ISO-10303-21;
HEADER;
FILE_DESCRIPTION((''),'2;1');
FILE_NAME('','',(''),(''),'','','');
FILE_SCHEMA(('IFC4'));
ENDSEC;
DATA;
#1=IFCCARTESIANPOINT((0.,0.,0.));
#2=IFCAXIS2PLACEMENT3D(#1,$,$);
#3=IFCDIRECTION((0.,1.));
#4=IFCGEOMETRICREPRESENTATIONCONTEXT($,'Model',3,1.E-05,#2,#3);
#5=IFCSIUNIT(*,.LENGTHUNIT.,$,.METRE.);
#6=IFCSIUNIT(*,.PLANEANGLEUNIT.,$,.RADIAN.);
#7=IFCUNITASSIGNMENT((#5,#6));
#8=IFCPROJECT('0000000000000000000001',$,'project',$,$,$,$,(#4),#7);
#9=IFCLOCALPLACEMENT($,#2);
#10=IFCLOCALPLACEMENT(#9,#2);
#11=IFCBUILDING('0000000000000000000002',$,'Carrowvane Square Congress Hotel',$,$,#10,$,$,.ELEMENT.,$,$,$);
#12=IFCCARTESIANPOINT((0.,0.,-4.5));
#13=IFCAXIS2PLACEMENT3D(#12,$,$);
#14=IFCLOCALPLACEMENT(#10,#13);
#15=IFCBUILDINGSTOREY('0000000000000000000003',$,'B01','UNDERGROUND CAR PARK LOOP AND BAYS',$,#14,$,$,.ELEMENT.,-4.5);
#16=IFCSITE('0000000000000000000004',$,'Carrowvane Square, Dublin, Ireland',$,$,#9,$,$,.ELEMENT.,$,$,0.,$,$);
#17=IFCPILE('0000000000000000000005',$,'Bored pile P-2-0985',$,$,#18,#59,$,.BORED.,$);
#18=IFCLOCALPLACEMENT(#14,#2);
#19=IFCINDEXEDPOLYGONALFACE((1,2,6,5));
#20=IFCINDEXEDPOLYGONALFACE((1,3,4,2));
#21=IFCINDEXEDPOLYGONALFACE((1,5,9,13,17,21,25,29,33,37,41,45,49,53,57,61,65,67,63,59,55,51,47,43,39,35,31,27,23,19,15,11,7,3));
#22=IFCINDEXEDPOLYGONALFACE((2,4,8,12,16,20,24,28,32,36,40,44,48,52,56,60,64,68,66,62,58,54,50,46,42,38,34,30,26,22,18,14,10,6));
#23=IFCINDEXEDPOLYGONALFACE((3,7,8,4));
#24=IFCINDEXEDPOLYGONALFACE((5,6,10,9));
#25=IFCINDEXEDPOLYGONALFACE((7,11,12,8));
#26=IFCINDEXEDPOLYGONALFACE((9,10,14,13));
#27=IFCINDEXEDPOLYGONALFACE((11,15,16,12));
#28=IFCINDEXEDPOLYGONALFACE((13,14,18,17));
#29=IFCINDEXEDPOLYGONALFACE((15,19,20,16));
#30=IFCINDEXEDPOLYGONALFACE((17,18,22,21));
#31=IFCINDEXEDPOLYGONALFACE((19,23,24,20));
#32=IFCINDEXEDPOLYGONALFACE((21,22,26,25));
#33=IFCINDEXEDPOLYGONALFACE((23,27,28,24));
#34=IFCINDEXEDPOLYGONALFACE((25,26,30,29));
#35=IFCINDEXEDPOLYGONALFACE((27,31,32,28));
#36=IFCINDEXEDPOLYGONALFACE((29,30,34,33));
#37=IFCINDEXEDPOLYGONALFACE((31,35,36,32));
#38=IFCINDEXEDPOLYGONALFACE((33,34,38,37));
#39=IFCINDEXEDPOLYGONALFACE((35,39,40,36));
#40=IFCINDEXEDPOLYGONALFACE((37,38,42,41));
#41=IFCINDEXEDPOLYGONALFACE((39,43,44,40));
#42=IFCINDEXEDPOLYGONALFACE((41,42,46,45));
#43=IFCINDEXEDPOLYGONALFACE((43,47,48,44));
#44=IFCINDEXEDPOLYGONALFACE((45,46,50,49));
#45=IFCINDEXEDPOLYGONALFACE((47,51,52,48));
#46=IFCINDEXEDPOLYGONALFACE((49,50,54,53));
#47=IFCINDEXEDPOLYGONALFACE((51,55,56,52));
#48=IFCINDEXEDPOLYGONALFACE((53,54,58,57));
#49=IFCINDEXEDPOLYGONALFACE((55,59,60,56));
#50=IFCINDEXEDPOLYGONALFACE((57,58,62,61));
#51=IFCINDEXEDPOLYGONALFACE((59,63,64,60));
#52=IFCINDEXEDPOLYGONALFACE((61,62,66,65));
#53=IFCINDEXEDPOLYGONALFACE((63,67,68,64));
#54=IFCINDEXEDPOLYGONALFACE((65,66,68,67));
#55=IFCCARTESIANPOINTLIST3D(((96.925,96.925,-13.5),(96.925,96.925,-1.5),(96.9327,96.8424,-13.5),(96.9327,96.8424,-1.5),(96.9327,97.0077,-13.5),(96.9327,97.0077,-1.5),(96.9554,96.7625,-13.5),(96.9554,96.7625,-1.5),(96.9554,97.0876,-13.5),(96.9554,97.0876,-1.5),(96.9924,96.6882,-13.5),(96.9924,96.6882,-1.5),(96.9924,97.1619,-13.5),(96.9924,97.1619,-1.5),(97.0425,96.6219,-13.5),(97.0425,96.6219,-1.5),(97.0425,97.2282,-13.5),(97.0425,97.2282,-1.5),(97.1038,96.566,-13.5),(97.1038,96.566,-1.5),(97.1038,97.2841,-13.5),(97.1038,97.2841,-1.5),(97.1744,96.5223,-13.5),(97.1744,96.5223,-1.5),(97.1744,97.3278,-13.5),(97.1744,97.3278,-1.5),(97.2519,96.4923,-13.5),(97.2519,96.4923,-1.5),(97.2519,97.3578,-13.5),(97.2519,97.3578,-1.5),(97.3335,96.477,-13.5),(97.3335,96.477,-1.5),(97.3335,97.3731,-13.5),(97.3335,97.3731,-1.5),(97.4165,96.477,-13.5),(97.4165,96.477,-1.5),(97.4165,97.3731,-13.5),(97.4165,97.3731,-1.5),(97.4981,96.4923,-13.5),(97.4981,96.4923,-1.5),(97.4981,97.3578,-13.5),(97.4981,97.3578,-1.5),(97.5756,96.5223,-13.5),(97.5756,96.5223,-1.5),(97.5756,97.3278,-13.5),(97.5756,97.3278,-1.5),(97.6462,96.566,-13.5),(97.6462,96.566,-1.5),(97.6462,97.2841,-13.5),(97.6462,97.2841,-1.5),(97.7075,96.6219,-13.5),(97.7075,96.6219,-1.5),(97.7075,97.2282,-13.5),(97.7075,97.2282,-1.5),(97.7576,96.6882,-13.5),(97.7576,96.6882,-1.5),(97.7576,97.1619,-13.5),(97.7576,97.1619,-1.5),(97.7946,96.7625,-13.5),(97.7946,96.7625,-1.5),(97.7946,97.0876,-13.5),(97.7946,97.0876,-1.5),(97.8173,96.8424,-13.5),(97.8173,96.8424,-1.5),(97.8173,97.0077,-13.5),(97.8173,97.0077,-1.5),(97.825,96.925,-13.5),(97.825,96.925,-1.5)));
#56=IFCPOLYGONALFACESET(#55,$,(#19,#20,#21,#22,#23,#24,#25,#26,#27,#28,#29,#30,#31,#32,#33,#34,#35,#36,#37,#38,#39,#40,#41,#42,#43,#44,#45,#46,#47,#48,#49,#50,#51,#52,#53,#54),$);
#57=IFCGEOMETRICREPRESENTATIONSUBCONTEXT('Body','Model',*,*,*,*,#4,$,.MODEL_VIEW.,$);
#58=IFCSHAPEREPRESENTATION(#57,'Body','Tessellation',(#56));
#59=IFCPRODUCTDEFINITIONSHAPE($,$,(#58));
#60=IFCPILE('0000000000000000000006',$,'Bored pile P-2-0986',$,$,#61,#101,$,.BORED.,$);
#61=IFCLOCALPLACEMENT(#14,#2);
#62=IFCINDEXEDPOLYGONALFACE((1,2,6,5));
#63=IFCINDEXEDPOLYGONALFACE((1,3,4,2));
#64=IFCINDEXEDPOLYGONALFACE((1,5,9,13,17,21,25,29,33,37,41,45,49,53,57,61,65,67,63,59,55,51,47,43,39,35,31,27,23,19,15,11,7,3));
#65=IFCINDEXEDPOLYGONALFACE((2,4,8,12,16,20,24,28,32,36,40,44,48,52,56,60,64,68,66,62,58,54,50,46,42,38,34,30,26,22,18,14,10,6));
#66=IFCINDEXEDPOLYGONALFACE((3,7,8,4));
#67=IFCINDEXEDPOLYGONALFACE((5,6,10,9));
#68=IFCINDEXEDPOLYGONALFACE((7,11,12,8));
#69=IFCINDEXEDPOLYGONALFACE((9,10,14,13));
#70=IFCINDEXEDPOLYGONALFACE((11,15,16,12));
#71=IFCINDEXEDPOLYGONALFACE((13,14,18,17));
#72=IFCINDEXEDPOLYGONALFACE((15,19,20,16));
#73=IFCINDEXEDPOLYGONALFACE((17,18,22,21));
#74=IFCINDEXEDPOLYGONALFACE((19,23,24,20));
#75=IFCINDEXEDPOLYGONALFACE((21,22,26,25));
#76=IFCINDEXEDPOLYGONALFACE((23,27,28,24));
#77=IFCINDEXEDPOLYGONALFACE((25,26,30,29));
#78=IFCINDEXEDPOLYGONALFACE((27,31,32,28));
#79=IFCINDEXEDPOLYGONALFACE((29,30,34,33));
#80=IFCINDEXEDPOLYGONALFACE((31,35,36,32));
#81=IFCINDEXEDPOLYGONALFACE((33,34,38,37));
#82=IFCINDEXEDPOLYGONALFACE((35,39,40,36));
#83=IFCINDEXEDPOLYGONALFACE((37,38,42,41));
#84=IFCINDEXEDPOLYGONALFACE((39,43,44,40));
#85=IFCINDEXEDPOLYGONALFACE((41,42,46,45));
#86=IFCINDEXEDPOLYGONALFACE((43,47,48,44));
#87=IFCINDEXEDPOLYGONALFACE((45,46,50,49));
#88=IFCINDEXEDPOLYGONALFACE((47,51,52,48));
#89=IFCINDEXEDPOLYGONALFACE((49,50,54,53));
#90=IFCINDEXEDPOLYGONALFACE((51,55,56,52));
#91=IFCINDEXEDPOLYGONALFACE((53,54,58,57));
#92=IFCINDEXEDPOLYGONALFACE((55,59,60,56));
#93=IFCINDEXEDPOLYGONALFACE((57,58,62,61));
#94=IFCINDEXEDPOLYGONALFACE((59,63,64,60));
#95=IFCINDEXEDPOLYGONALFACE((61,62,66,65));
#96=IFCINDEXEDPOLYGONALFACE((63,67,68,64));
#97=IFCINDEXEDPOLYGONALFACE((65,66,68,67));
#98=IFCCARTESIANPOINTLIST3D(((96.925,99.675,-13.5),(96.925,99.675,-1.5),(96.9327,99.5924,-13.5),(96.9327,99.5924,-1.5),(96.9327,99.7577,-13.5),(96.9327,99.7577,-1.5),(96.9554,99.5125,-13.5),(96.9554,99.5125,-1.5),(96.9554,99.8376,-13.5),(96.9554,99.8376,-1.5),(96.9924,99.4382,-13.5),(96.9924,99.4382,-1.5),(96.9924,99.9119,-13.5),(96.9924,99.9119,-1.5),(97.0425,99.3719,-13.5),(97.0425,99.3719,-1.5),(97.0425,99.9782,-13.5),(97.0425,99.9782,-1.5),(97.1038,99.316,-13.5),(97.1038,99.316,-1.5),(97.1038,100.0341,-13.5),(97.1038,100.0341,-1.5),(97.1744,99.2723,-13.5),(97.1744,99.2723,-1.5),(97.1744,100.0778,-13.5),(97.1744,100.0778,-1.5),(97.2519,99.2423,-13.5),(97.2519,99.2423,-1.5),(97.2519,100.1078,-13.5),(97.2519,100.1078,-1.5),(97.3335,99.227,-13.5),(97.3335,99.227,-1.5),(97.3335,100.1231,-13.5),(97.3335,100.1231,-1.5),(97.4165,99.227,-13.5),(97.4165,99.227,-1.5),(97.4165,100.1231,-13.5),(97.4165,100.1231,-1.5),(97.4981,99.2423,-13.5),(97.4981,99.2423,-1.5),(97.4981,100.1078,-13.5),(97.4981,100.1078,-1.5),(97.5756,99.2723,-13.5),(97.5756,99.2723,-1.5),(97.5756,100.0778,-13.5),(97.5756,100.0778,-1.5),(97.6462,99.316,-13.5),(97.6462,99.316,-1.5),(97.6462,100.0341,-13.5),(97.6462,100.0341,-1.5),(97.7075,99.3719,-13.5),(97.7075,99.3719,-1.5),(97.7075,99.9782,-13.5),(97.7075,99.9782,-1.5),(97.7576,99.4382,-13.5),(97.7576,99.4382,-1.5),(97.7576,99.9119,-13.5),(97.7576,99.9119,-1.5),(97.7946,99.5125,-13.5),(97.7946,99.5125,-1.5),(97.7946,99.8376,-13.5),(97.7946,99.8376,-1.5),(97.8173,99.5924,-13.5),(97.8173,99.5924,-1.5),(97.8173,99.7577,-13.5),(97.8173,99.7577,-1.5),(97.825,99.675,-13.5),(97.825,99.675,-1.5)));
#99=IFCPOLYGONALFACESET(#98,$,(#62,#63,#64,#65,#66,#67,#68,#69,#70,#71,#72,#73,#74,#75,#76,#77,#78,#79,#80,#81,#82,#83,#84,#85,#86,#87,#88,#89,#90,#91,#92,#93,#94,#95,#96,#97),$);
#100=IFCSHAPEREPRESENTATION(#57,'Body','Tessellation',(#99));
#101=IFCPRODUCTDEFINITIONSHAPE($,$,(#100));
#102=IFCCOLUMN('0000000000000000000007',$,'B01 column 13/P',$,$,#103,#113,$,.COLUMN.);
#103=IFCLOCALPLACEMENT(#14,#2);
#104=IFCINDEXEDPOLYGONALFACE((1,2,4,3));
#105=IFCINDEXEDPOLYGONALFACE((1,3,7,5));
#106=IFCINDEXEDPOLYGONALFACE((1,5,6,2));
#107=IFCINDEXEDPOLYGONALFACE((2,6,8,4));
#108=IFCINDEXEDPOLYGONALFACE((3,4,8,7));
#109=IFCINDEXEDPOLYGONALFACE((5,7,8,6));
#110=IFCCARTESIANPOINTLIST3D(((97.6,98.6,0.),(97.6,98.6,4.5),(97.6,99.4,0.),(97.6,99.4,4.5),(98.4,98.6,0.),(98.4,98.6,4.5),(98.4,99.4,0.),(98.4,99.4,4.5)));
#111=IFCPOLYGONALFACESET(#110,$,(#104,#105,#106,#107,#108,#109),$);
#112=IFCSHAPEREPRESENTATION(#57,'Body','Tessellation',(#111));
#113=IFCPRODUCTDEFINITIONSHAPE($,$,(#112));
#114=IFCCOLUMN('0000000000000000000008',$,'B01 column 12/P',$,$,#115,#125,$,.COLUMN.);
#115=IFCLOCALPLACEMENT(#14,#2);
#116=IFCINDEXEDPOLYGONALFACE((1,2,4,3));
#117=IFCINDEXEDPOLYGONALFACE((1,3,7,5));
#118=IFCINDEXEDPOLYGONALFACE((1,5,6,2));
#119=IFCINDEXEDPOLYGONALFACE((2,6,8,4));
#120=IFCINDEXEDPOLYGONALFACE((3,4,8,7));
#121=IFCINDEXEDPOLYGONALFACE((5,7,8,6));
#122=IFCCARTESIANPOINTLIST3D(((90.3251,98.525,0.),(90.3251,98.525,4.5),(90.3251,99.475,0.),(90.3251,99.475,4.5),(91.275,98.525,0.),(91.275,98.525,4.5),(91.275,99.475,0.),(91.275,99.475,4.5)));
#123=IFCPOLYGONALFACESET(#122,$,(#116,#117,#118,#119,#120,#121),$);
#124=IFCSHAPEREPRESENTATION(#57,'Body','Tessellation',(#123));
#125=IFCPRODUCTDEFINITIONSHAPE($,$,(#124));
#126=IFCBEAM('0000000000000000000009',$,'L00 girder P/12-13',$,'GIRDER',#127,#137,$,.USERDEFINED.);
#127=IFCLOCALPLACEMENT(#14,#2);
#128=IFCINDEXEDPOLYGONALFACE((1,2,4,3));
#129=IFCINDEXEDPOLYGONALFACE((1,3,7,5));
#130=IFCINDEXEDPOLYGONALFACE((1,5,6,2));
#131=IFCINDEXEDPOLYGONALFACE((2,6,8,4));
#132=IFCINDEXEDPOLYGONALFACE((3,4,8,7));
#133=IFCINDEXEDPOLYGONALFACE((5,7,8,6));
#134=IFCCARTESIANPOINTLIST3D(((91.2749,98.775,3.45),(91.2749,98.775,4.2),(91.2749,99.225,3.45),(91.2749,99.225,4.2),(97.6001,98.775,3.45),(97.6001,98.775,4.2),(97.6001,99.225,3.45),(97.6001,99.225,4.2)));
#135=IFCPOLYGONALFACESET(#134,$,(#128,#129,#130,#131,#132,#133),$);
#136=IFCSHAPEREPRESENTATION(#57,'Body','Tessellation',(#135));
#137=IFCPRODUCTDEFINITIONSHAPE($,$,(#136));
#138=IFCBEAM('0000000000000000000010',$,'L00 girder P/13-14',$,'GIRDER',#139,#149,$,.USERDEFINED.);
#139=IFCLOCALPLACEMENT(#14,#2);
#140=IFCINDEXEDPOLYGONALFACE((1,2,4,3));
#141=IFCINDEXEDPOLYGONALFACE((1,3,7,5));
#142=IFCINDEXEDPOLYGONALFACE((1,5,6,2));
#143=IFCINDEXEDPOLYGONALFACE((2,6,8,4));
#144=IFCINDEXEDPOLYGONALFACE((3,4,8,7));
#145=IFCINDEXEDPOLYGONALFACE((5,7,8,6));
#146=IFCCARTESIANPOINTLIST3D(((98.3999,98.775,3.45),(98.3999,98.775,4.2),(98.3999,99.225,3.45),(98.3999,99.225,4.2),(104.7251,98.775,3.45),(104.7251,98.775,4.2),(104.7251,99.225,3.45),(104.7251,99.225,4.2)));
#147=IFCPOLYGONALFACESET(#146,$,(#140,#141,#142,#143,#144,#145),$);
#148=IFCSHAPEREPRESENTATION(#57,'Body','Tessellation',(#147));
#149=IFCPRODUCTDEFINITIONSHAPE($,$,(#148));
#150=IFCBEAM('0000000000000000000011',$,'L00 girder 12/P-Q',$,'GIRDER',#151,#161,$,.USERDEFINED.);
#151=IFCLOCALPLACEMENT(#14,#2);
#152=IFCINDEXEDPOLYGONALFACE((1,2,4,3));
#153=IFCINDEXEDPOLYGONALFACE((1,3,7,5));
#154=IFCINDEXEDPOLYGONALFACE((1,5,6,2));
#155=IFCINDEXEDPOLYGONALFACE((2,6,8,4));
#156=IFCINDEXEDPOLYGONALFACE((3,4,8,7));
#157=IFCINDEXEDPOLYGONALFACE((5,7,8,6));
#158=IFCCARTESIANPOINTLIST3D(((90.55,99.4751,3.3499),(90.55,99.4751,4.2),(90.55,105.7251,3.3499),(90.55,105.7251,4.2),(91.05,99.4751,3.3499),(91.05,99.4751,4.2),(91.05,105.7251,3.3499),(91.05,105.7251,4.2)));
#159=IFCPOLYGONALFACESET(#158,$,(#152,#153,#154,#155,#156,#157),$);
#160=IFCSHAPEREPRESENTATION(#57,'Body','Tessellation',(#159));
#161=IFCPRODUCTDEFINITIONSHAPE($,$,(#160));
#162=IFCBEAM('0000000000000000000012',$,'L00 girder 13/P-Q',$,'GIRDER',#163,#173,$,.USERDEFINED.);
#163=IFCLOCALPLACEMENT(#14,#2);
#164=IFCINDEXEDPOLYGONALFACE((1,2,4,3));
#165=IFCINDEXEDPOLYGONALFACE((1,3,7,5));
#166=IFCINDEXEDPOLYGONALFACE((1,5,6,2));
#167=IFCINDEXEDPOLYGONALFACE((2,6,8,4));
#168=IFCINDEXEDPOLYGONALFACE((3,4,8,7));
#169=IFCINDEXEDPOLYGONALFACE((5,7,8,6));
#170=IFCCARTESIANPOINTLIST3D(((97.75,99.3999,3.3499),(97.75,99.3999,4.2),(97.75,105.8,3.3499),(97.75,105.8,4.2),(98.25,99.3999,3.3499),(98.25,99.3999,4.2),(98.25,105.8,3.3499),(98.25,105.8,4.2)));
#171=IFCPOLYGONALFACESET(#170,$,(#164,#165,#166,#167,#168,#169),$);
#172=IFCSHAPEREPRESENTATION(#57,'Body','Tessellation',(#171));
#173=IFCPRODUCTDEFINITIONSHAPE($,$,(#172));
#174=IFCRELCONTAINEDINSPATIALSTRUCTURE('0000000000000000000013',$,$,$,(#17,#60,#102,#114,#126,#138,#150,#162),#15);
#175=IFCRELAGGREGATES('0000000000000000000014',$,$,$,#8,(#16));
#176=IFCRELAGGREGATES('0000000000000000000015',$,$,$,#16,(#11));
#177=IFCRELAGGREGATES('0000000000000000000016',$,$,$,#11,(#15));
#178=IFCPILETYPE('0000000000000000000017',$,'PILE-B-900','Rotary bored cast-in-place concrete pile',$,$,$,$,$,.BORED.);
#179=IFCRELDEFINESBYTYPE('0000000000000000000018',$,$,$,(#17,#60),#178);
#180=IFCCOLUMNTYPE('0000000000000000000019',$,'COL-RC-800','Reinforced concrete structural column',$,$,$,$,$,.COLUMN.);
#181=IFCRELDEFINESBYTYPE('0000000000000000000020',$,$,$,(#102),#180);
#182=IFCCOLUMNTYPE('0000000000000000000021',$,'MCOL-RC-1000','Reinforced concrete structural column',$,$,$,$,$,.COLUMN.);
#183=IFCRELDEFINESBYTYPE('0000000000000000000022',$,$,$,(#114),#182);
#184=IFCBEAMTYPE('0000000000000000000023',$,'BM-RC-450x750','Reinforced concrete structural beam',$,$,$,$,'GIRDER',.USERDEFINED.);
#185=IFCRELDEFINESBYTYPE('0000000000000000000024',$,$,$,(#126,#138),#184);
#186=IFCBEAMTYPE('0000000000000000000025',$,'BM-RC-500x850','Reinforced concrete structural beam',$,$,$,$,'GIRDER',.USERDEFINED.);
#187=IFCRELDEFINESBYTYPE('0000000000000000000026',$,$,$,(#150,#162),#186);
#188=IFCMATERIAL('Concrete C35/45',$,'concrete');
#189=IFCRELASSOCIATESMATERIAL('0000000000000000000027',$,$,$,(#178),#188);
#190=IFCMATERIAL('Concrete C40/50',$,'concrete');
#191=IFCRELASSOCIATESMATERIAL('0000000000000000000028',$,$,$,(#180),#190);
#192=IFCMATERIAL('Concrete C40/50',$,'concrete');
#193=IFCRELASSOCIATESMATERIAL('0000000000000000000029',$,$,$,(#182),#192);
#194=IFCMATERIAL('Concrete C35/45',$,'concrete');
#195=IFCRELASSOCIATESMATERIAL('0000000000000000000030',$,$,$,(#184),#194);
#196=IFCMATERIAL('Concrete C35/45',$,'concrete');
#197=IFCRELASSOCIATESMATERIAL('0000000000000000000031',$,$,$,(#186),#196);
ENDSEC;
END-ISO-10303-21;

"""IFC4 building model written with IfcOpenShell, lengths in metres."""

from ifc_helpers import new_model, si_unit, direction, frame, origin, origin_2d, place, context, subcontext, project, spatial, rectangle, circle, extrude, material, material_profile, profile_set, type_object, element, save


model = new_model("IFC4")

# Units and contexts
model_context = context("Model", 3, precision=1e-05, world=origin(), true_north=direction((0.0, 1.0)))
body_context = subcontext(model_context, "Body", "Model", "MODEL_VIEW")
ifc_project = project(units=[si_unit("LENGTHUNIT", "METRE"), si_unit("PLANEANGLEUNIT", "RADIAN")], contexts=[model_context])

# Site, building, storey
site_placement = place(None, origin())
site = spatial("IfcSite", under=ifc_project, at=site_placement, Name="Carrowvane Square, Dublin, Ireland", CompositionType="ELEMENT", RefElevation=0.0)
building_placement = place(site_placement, origin())
building = spatial("IfcBuilding", under=site, at=building_placement, Name="Carrowvane Square Congress Hotel", CompositionType="ELEMENT")
storey_placement = place(building_placement, frame((0.0, 0.0, -4.5)))
storey = spatial("IfcBuildingStorey", under=building, at=storey_placement, Name="B01", Description="UNDERGROUND CAR PARK LOOP AND BAYS", CompositionType="ELEMENT", Elevation=-4.5)

# Piles
ifc_material_1 = material(Name="Concrete C35/45", Category="concrete")
ifc_material_profile_1 = material_profile(ifc_material_1, circle(Radius=0.45, at=origin_2d()), Name="PILE D900")
ifc_profile_set_1 = profile_set([ifc_material_profile_1], Name="Concrete C35/45")
pile_type_1 = type_object("IfcPileType", Name="PILE-B-900", Description="Rotary bored cast-in-place concrete pile", PredefinedType="BORED", material=ifc_profile_set_1)
for number, where, z_axis, x_axis, name in (
    (1, (97.375, 96.925, -1.5), (0.0, 0.0, -1.0), (1.0, 0.0, 0.0), "Bored pile P-2-0985"),
    (2, (97.375, 99.675, -1.5), (0.0, 0.0, -1.0), (1.0, 0.0, 0.0), "Bored pile P-2-0986"),
):
    element("IfcPile", number, at=place(storey_placement, frame(where, z_axis=z_axis, x_axis=x_axis)), inside=storey, type_object=pile_type_1, Name=name, PredefinedType="BORED", context=body_context, shape_type="SweptSolid", body=[
        extrude(circle(Radius=0.45, at=origin_2d()), origin(), (0.0, 0.0, 1.0), 12.0),
    ])

# Columns
ifc_material_2 = material(Name="Concrete C40/50", Category="concrete")
ifc_material_profile_2 = material_profile(ifc_material_2, rectangle(XDim=0.8, YDim=0.8, at=origin_2d()), Name="RC 800x800")
ifc_profile_set_2 = profile_set([ifc_material_profile_2], Name="Concrete C40/50")
column_type_1 = type_object("IfcColumnType", Name="COL-RC-800", Description="Reinforced concrete structural column", PredefinedType="COLUMN", material=ifc_profile_set_2)
column_1_placement = place(storey_placement, frame((98.0, 99.0, 0.0), z_axis=(0.0, 0.0, 1.0), x_axis=(1.0, 0.0, 0.0)))
element("IfcColumn", 3, at=column_1_placement, inside=storey, type_object=column_type_1, Name="B01 column 13/P", PredefinedType="COLUMN", context=body_context, shape_type="SweptSolid", body=[
    extrude(rectangle(XDim=0.8, YDim=0.8, at=origin_2d()), origin(), (0.0, 0.0, 1.0), 4.5),
])
ifc_material_3 = material(Name="Concrete C40/50", Category="concrete")
ifc_material_profile_3 = material_profile(ifc_material_3, rectangle(XDim=0.95, YDim=0.95, at=origin_2d()), Name="RC 950x950")
ifc_profile_set_3 = profile_set([ifc_material_profile_3], Name="Concrete C40/50")
column_type_2 = type_object("IfcColumnType", Name="MCOL-RC-1000", Description="Reinforced concrete structural column", PredefinedType="COLUMN", material=ifc_profile_set_3)
column_2_placement = place(storey_placement, frame((90.8, 99.0, 0.0), z_axis=(0.0, 0.0, 1.0), x_axis=(1.0, 0.0, 0.0)))
element("IfcColumn", 4, at=column_2_placement, inside=storey, type_object=column_type_2, Name="B01 column 12/P", PredefinedType="COLUMN", context=body_context, shape_type="SweptSolid", body=[
    extrude(rectangle(XDim=0.95, YDim=0.95, at=origin_2d()), origin(), (0.0, 0.0, 1.0), 4.5),
])

# Beams
ifc_material_4 = material(Name="Concrete C35/45", Category="concrete")
ifc_material_profile_4 = material_profile(ifc_material_4, rectangle(XDim=0.45, YDim=0.75, at=origin_2d()), Name="RC 450x750")
ifc_profile_set_4 = profile_set([ifc_material_profile_4], Name="Concrete C35/45")
beam_type_1 = type_object("IfcBeamType", Name="BM-RC-450x750", Description="Reinforced concrete structural beam", ElementType="GIRDER", PredefinedType="USERDEFINED", material=ifc_profile_set_4)
for number, where, z_axis, x_axis, name in (
    (5, (91.2749, 99.0, 3.825), (1.0, 0.0, 0.0), (0.0, 1.0, 0.0), "L00 girder P/12-13"),
    (6, (98.3999, 99.0, 3.825), (1.0, 0.0, 0.0), (0.0, 1.0, 0.0), "L00 girder P/13-14"),
):
    element("IfcBeam", number, at=place(storey_placement, frame(where, z_axis=z_axis, x_axis=x_axis)), inside=storey, type_object=beam_type_1, Name=name, ObjectType="GIRDER", PredefinedType="USERDEFINED", context=body_context, shape_type="SweptSolid", body=[
        extrude(rectangle(XDim=0.45, YDim=0.75, at=origin_2d()), origin(), (0.0, 0.0, 1.0), 6.3252),
    ])
ifc_material_5 = material(Name="Concrete C35/45", Category="concrete")
ifc_material_profile_5 = material_profile(ifc_material_5, rectangle(XDim=0.5, YDim=0.8501, at=origin_2d()), Name="RC 500x850")
ifc_profile_set_5 = profile_set([ifc_material_profile_5], Name="Concrete C35/45")
beam_type_2 = type_object("IfcBeamType", Name="BM-RC-500x850", Description="Reinforced concrete structural beam", ElementType="GIRDER", PredefinedType="USERDEFINED", material=ifc_profile_set_5)
beam_1_placement = place(storey_placement, frame((90.8, 99.4751, 3.7749), z_axis=(0.0, 1.0, 0.0), x_axis=(-1.0, 0.0, 0.0)))
element("IfcBeam", 7, at=beam_1_placement, inside=storey, type_object=beam_type_2, Name="L00 girder 12/P-Q", ObjectType="GIRDER", PredefinedType="USERDEFINED", context=body_context, shape_type="SweptSolid", body=[
    extrude(rectangle(XDim=0.5, YDim=0.8501, at=origin_2d()), origin(), (0.0, 0.0, 1.0), 6.25),
])
beam_2_placement = place(storey_placement, frame((98.0, 99.3999, 3.7749), z_axis=(0.0, 1.0, 0.0), x_axis=(-1.0, 0.0, 0.0)))
element("IfcBeam", 8, at=beam_2_placement, inside=storey, type_object=beam_type_2, Name="L00 girder 13/P-Q", ObjectType="GIRDER", PredefinedType="USERDEFINED", context=body_context, shape_type="SweptSolid", body=[
    extrude(rectangle(XDim=0.5, YDim=0.8501, at=origin_2d()), origin(), (0.0, 0.0, 1.0), 6.4001),
])

save(model, "model.ifc")
